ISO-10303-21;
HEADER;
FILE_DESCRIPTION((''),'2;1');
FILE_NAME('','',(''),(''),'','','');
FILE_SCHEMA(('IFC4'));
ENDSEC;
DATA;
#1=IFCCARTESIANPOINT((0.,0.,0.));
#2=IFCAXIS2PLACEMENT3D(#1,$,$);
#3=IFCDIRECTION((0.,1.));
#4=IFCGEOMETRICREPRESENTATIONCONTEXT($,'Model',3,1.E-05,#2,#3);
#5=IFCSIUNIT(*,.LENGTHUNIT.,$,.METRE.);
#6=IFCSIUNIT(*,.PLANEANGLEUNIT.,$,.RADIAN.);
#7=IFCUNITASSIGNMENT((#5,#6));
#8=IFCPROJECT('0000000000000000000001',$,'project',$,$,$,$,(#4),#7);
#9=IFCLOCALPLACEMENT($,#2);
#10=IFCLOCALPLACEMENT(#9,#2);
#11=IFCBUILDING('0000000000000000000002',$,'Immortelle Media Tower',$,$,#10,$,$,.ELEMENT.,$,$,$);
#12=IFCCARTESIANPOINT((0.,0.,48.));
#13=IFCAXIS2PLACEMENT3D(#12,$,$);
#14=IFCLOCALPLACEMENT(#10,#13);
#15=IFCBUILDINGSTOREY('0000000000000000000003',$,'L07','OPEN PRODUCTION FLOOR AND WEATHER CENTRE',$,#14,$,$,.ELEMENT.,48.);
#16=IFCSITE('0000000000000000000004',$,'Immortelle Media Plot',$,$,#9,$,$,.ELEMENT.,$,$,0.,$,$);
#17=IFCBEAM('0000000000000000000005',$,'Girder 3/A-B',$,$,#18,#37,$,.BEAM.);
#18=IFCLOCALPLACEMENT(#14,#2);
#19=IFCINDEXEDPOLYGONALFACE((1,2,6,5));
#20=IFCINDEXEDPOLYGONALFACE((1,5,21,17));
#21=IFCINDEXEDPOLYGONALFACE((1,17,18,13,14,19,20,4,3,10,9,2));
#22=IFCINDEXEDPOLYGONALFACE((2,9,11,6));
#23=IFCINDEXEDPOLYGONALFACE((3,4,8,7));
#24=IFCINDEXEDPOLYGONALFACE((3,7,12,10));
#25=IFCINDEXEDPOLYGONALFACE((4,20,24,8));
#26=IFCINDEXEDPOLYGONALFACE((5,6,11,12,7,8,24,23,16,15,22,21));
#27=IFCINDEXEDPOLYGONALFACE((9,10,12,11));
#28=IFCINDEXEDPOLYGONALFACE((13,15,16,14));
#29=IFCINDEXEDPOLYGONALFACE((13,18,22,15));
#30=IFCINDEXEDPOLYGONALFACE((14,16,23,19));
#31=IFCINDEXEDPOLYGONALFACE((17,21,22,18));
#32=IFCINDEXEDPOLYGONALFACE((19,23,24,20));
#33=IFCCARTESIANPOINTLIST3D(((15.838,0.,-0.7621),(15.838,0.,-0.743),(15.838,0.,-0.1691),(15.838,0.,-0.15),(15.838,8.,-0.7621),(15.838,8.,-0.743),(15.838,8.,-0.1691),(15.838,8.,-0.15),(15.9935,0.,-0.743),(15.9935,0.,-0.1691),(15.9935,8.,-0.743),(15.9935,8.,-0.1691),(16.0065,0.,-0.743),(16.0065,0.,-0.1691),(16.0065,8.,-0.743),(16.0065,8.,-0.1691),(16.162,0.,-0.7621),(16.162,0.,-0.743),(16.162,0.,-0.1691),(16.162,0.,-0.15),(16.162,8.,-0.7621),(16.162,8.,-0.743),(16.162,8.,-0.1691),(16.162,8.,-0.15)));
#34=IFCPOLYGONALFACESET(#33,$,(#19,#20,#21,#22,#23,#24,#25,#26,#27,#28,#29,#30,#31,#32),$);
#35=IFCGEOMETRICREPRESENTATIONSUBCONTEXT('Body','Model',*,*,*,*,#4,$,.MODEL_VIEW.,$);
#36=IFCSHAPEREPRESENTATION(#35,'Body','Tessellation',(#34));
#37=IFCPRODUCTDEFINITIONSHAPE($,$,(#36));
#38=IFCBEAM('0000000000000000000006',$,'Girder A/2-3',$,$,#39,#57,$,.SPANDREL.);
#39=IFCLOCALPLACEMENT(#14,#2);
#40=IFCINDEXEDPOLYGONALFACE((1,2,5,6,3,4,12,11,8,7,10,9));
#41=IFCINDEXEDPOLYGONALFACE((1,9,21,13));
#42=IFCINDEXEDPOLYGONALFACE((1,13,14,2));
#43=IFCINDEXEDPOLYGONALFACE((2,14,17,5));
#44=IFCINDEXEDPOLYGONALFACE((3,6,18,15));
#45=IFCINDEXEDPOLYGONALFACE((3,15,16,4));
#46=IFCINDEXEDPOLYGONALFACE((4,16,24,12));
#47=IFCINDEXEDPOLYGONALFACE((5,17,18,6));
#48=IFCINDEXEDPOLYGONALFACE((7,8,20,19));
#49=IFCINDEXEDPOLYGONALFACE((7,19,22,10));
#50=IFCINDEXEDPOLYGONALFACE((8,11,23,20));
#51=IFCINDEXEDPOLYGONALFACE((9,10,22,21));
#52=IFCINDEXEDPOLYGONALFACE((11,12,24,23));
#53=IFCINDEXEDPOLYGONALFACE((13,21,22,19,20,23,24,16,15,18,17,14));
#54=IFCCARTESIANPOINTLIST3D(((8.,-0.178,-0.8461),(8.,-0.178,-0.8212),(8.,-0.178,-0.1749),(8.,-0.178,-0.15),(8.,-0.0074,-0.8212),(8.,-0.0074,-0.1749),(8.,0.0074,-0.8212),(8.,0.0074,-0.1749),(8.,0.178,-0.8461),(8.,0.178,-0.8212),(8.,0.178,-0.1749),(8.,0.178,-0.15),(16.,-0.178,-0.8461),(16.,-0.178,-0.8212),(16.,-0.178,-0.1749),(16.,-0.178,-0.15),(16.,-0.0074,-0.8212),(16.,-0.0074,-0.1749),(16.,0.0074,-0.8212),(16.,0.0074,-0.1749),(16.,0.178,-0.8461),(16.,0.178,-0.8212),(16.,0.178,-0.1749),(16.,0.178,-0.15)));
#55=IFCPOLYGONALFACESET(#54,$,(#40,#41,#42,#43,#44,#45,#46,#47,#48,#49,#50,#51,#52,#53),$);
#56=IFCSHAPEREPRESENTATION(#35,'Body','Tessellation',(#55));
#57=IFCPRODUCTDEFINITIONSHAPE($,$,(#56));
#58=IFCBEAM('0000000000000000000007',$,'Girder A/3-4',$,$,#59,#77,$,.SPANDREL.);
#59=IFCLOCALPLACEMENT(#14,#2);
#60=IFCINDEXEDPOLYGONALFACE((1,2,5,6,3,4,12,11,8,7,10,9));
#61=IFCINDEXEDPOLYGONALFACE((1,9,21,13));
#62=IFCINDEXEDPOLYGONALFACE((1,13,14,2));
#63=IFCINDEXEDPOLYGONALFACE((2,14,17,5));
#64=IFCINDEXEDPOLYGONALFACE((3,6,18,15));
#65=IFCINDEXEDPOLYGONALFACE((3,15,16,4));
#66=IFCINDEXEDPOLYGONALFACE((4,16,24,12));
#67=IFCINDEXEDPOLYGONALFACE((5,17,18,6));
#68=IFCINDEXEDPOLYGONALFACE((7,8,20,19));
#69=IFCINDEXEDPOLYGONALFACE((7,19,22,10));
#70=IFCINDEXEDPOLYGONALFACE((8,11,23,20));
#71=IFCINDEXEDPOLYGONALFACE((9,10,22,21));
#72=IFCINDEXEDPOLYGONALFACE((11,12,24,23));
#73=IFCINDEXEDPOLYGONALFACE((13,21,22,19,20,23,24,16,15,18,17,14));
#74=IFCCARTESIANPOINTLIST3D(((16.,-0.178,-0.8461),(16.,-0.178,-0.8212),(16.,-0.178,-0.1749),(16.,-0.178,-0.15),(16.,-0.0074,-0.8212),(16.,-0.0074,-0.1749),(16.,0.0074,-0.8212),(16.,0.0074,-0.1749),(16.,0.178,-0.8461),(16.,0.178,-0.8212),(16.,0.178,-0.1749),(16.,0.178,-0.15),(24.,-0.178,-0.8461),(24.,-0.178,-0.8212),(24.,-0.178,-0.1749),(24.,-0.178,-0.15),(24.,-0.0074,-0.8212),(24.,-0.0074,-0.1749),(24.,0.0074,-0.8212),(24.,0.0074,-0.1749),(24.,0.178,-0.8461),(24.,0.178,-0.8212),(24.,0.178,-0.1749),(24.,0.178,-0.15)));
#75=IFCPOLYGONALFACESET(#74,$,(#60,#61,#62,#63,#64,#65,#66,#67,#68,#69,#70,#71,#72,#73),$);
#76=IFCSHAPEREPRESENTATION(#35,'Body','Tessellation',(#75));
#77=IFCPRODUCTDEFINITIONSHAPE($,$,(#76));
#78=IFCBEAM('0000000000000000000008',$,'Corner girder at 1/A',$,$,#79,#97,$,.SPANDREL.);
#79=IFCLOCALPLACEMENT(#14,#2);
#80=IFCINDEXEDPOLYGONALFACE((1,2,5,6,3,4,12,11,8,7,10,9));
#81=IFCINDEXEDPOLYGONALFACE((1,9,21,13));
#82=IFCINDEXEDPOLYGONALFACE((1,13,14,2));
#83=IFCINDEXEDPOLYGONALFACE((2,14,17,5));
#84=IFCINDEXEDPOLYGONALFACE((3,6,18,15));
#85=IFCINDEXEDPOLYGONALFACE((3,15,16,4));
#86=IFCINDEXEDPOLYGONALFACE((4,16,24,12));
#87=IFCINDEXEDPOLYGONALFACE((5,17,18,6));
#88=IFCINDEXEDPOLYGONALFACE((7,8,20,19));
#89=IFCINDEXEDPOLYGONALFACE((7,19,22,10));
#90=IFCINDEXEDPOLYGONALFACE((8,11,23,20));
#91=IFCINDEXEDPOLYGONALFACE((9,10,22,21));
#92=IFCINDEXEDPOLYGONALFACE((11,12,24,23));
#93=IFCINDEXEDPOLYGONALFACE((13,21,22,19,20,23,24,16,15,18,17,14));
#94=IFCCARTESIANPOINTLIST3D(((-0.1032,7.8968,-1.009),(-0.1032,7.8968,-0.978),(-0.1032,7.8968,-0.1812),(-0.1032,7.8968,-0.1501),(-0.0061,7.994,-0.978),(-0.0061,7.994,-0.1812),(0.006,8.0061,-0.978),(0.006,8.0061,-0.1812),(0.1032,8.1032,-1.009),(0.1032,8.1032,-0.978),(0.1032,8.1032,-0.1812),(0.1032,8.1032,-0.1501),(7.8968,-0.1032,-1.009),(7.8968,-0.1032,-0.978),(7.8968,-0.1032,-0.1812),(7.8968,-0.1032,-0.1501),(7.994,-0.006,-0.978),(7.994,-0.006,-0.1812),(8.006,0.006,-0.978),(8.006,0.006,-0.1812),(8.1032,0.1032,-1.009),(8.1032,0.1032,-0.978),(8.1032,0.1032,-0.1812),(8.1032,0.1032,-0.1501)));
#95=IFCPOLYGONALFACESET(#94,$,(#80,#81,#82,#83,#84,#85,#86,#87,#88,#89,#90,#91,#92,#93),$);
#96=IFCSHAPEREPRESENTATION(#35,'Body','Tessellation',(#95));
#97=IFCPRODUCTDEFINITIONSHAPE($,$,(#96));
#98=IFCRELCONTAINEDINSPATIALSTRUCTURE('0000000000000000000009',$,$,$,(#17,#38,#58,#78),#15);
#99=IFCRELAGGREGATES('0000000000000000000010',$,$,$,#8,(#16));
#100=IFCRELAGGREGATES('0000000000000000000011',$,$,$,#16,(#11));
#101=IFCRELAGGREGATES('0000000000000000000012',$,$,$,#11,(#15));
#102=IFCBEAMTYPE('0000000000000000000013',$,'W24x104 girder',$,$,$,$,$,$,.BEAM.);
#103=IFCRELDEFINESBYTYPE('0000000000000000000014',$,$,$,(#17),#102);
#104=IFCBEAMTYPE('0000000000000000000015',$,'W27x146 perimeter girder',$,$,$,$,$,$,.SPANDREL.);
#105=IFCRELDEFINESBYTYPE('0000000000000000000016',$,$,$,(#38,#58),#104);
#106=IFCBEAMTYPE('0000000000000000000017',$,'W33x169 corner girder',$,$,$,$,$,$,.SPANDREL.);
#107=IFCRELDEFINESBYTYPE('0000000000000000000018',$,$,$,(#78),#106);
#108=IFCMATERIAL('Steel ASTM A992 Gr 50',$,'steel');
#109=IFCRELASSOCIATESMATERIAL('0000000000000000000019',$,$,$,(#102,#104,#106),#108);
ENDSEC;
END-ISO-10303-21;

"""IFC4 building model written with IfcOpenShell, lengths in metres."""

from ifc_helpers import new_model, si_unit, direction, frame, origin, origin_2d, place, context, subcontext, project, spatial, i_section, extrude, material, material_profile, profile_set, type_object, element, save


model = new_model("IFC4")

# Units and contexts
model_context = context("Model", 3, precision=1e-05, world=origin(), true_north=direction((0.0, 1.0)))
body_context = subcontext(model_context, "Body", "Model", "MODEL_VIEW")
ifc_project = project(units=[si_unit("LENGTHUNIT", "METRE"), si_unit("PLANEANGLEUNIT", "RADIAN")], contexts=[model_context])

# Site, building, storey
site_placement = place(None, origin())
site = spatial("IfcSite", under=ifc_project, at=site_placement, Name="Immortelle Media Plot", CompositionType="ELEMENT", RefElevation=0.0)
building_placement = place(site_placement, origin())
building = spatial("IfcBuilding", under=site, at=building_placement, Name="Immortelle Media Tower", CompositionType="ELEMENT")
storey_placement = place(building_placement, frame((0.0, 0.0, 48.0)))
storey = spatial("IfcBuildingStorey", under=building, at=storey_placement, Name="L07", Description="OPEN PRODUCTION FLOOR AND WEATHER CENTRE", CompositionType="ELEMENT", Elevation=48.0)

# Shared definitions
ifc_material_1 = material(Name="Steel ASTM A992 Gr 50", Category="steel")

# Beams
ifc_material_profile_1 = material_profile(ifc_material_1, i_section(OverallWidth=0.324, OverallDepth=0.6121, WebThickness=0.0129, FlangeThickness=0.019, at=origin_2d()), Name="W24x104")
ifc_profile_set_1 = profile_set([ifc_material_profile_1], Name="Steel ASTM A992 Gr 50")
beam_type_1 = type_object("IfcBeamType", Name="W24x104 girder", PredefinedType="BEAM", material=ifc_profile_set_1)
for number, where, z_axis, x_axis, name in (
    (1, (16.0, 0.0, -0.4561), (0.0, 1.0, 0.0), (-1.0, 0.0, 0.0), "Girder 3/A-B"),
):
    element("IfcBeam", number, at=place(storey_placement, frame(where, z_axis=z_axis, x_axis=x_axis)), inside=storey, type_object=beam_type_1, Name=name, PredefinedType="BEAM", context=body_context, shape_type="SweptSolid", body=[
        extrude(i_section(OverallWidth=0.324, OverallDepth=0.6121, WebThickness=0.0129, FlangeThickness=0.019, at=origin_2d()), origin(), (0.0, 0.0, 1.0), 8.0),
    ])
ifc_material_profile_2 = material_profile(ifc_material_1, i_section(OverallWidth=0.356, OverallDepth=0.696, WebThickness=0.0149, FlangeThickness=0.0249, at=origin_2d()), Name="W27x146")
ifc_profile_set_2 = profile_set([ifc_material_profile_2], Name="Steel ASTM A992 Gr 50")
beam_type_2 = type_object("IfcBeamType", Name="W27x146 perimeter girder", PredefinedType="SPANDREL", material=ifc_profile_set_2)
for number, where, z_axis, x_axis, name in (
    (2, (8.0, 0.0, -0.498), (1.0, 0.0, 0.0), (0.0, 1.0, 0.0), "Girder A/2-3"),
    (3, (16.0, 0.0, -0.498), (1.0, 0.0, 0.0), (0.0, 1.0, 0.0), "Girder A/3-4"),
):
    element("IfcBeam", number, at=place(storey_placement, frame(where, z_axis=z_axis, x_axis=x_axis)), inside=storey, type_object=beam_type_2, Name=name, PredefinedType="SPANDREL", context=body_context, shape_type="SweptSolid", body=[
        extrude(i_section(OverallWidth=0.356, OverallDepth=0.696, WebThickness=0.0149, FlangeThickness=0.0249, at=origin_2d()), origin(), (0.0, 0.0, 1.0), 8.0),
    ])
ifc_material_profile_3 = material_profile(ifc_material_1, i_section(OverallWidth=0.292, OverallDepth=0.8589, WebThickness=0.0171, FlangeThickness=0.031, at=origin_2d()), Name="W33x169")
ifc_profile_set_3 = profile_set([ifc_material_profile_3], Name="Steel ASTM A992 Gr 50")
beam_type_3 = type_object("IfcBeamType", Name="W33x169 corner girder", PredefinedType="SPANDREL", material=ifc_profile_set_3)
beam_placement = place(storey_placement, frame((8.0, 0.0, -0.5796), z_axis=(-0.707107, 0.707107, 0.0), x_axis=(-0.707107, -0.707107, 0.0)))
element("IfcBeam", 4, at=beam_placement, inside=storey, type_object=beam_type_3, Name="Corner girder at 1/A", PredefinedType="SPANDREL", context=body_context, shape_type="SweptSolid", body=[
    extrude(i_section(OverallWidth=0.292, OverallDepth=0.8589, WebThickness=0.0171, FlangeThickness=0.031, at=origin_2d()), origin(), (0.0, 0.0, 1.0), 11.3137),
])

save(model, "model.ifc")
